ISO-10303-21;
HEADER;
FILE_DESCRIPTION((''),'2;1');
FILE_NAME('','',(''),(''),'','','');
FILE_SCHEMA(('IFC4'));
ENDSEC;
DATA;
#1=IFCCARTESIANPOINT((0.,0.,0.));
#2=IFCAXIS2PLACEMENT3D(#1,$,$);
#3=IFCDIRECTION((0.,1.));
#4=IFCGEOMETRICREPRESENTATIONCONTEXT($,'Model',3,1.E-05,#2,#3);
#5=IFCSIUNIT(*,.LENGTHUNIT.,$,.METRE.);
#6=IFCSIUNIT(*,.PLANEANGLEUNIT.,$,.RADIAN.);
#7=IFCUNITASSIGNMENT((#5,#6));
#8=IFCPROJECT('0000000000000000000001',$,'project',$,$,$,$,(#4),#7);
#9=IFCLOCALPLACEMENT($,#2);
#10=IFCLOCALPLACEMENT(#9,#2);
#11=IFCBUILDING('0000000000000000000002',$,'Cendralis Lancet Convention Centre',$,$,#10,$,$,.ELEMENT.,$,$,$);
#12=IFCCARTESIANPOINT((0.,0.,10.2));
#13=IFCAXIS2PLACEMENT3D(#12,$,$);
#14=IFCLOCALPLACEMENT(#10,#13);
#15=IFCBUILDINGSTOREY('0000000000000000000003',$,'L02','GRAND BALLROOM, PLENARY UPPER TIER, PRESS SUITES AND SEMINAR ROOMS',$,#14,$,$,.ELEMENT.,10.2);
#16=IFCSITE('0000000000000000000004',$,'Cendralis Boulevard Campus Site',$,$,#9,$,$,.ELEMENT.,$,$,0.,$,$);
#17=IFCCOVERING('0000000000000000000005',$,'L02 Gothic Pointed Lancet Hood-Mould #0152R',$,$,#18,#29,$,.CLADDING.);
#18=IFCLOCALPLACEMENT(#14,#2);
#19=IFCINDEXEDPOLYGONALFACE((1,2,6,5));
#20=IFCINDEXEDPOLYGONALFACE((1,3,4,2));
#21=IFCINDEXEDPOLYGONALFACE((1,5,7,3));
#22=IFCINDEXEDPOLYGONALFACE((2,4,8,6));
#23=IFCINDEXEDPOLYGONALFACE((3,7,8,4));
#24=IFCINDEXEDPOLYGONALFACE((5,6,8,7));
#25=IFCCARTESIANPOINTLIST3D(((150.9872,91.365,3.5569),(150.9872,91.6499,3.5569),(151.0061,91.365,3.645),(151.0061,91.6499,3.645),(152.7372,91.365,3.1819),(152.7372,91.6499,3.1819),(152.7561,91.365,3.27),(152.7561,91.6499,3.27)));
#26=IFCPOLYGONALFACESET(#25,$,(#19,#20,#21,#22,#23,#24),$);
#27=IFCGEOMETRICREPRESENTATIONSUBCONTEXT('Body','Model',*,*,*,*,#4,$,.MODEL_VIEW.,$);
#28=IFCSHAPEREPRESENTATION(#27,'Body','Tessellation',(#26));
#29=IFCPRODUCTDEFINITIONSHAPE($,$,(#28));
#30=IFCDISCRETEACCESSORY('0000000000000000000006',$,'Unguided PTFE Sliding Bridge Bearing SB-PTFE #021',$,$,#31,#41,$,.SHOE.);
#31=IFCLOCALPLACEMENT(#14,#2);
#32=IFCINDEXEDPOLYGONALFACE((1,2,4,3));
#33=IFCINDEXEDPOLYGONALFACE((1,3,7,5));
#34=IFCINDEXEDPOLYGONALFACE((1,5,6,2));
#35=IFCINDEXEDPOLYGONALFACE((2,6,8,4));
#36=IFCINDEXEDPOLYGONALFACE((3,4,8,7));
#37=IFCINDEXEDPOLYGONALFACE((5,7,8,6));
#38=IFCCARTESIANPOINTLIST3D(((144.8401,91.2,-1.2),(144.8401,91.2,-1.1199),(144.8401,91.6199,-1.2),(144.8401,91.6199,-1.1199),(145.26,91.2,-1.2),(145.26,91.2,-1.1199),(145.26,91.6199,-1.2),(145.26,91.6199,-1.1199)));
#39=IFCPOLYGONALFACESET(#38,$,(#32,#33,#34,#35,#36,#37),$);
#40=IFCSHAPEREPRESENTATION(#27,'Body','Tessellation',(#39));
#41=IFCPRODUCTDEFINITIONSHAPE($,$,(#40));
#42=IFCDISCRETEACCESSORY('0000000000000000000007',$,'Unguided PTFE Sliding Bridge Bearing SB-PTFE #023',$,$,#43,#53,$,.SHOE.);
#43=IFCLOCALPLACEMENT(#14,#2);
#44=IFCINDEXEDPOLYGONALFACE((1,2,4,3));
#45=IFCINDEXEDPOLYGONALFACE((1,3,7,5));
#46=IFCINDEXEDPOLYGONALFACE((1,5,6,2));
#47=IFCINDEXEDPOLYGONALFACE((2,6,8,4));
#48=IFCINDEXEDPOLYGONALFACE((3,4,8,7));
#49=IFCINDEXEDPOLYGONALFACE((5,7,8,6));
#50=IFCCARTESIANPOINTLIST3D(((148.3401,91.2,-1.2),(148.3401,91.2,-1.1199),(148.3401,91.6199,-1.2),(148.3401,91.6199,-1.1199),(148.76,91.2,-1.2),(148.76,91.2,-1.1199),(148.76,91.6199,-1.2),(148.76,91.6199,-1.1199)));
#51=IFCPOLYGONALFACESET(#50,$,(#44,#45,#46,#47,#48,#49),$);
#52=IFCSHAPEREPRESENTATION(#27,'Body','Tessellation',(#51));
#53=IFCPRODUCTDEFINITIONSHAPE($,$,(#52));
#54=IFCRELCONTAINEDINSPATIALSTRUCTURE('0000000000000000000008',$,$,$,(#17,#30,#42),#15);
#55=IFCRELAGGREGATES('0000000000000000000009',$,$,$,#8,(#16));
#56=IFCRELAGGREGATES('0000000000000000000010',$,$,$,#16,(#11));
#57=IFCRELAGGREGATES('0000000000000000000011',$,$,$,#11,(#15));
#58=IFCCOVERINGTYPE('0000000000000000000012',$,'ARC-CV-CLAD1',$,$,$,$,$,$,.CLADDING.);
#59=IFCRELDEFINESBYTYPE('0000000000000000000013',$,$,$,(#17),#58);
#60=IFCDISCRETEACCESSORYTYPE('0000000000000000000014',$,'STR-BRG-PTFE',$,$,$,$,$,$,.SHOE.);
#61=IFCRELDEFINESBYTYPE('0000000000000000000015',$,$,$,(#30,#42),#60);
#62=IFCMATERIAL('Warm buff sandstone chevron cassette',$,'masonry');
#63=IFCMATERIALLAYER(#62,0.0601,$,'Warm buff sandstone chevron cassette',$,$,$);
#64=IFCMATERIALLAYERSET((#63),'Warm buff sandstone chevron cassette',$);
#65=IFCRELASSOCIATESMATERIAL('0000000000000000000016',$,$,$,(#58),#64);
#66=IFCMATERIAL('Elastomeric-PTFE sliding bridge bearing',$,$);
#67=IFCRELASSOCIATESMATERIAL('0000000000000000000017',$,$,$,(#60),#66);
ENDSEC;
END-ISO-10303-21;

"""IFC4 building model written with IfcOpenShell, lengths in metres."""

from ifc_helpers import new_model, si_unit, direction, frame, origin, origin_2d, place, context, subcontext, project, spatial, polyline, rectangle, outline, extrude, material, layer, layer_set, type_object, element, save


model = new_model("IFC4")

# Units and contexts
model_context = context("Model", 3, precision=1e-05, world=origin(), true_north=direction((0.0, 1.0)))
body_context = subcontext(model_context, "Body", "Model", "MODEL_VIEW")
ifc_project = project(units=[si_unit("LENGTHUNIT", "METRE"), si_unit("PLANEANGLEUNIT", "RADIAN")], contexts=[model_context])

# Site, building, storey
site_placement = place(None, origin())
site = spatial("IfcSite", under=ifc_project, at=site_placement, Name="Cendralis Boulevard Campus Site", CompositionType="ELEMENT", RefElevation=0.0)
building_placement = place(site_placement, origin())
building = spatial("IfcBuilding", under=site, at=building_placement, Name="Cendralis Lancet Convention Centre", CompositionType="ELEMENT")
storey_placement = place(building_placement, frame((0.0, 0.0, 10.2)))
storey = spatial("IfcBuildingStorey", under=building, at=storey_placement, Name="L02", Description="GRAND BALLROOM, PLENARY UPPER TIER, PRESS SUITES AND SEMINAR ROOMS", CompositionType="ELEMENT", Elevation=10.2)

# Covering
ifc_material_1 = material(Name="Warm buff sandstone chevron cassette", Category="masonry")
ifc_layer_1 = layer(ifc_material_1, 0.0601, Name="Warm buff sandstone chevron cassette")
ifc_layer_set_1 = layer_set([ifc_layer_1], Name="Warm buff sandstone chevron cassette")
covering_type = type_object("IfcCoveringType", Name="ARC-CV-CLAD1", PredefinedType="CLADDING", material=ifc_layer_set_1)
for number, where, z_axis, x_axis, name in (
    (1, (151.0061, 91.6499, 3.645), (0.209529, 0.0, 0.977802), (0.0, -1.0, 0.0), "L02 Gothic Pointed Lancet Hood-Mould #0152R"),
):
    element("IfcCovering", number, at=place(storey_placement, frame(where, z_axis=z_axis, x_axis=x_axis)), inside=storey, type_object=covering_type, Name=name, PredefinedType="CLADDING", context=body_context, shape_type="SweptSolid", body=[
        extrude(outline(polyline([(0.0, 0.0), (0.2849, 0.0), (0.2849, 1.7897), (0.0, 1.7897), (0.0, 0.0)])), origin(), (0.0, 0.0, -1.0), 0.0901),
    ])

# Discrete accessories
ifc_material_2 = material(Name="Elastomeric-PTFE sliding bridge bearing")
discrete_accessory_type = type_object("IfcDiscreteAccessoryType", Name="STR-BRG-PTFE", PredefinedType="SHOE", material=ifc_material_2)
for number, where, z_axis, x_axis, name in (
    (2, (145.05, 91.4099, -1.2), (0.0, 0.0, 1.0), (1.0, 0.0, 0.0), "Unguided PTFE Sliding Bridge Bearing SB-PTFE #021"),
    (3, (148.55, 91.4099, -1.2), (0.0, 0.0, 1.0), (1.0, 0.0, 0.0), "Unguided PTFE Sliding Bridge Bearing SB-PTFE #023"),
):
    element("IfcDiscreteAccessory", number, at=place(storey_placement, frame(where, z_axis=z_axis, x_axis=x_axis)), inside=storey, type_object=discrete_accessory_type, Name=name, PredefinedType="SHOE", context=body_context, shape_type="SweptSolid", body=[
        extrude(rectangle(XDim=0.4199, YDim=0.4199, at=origin_2d()), origin(), (0.0, 0.0, 1.0), 0.0801),
    ])

save(model, "model.ifc")
